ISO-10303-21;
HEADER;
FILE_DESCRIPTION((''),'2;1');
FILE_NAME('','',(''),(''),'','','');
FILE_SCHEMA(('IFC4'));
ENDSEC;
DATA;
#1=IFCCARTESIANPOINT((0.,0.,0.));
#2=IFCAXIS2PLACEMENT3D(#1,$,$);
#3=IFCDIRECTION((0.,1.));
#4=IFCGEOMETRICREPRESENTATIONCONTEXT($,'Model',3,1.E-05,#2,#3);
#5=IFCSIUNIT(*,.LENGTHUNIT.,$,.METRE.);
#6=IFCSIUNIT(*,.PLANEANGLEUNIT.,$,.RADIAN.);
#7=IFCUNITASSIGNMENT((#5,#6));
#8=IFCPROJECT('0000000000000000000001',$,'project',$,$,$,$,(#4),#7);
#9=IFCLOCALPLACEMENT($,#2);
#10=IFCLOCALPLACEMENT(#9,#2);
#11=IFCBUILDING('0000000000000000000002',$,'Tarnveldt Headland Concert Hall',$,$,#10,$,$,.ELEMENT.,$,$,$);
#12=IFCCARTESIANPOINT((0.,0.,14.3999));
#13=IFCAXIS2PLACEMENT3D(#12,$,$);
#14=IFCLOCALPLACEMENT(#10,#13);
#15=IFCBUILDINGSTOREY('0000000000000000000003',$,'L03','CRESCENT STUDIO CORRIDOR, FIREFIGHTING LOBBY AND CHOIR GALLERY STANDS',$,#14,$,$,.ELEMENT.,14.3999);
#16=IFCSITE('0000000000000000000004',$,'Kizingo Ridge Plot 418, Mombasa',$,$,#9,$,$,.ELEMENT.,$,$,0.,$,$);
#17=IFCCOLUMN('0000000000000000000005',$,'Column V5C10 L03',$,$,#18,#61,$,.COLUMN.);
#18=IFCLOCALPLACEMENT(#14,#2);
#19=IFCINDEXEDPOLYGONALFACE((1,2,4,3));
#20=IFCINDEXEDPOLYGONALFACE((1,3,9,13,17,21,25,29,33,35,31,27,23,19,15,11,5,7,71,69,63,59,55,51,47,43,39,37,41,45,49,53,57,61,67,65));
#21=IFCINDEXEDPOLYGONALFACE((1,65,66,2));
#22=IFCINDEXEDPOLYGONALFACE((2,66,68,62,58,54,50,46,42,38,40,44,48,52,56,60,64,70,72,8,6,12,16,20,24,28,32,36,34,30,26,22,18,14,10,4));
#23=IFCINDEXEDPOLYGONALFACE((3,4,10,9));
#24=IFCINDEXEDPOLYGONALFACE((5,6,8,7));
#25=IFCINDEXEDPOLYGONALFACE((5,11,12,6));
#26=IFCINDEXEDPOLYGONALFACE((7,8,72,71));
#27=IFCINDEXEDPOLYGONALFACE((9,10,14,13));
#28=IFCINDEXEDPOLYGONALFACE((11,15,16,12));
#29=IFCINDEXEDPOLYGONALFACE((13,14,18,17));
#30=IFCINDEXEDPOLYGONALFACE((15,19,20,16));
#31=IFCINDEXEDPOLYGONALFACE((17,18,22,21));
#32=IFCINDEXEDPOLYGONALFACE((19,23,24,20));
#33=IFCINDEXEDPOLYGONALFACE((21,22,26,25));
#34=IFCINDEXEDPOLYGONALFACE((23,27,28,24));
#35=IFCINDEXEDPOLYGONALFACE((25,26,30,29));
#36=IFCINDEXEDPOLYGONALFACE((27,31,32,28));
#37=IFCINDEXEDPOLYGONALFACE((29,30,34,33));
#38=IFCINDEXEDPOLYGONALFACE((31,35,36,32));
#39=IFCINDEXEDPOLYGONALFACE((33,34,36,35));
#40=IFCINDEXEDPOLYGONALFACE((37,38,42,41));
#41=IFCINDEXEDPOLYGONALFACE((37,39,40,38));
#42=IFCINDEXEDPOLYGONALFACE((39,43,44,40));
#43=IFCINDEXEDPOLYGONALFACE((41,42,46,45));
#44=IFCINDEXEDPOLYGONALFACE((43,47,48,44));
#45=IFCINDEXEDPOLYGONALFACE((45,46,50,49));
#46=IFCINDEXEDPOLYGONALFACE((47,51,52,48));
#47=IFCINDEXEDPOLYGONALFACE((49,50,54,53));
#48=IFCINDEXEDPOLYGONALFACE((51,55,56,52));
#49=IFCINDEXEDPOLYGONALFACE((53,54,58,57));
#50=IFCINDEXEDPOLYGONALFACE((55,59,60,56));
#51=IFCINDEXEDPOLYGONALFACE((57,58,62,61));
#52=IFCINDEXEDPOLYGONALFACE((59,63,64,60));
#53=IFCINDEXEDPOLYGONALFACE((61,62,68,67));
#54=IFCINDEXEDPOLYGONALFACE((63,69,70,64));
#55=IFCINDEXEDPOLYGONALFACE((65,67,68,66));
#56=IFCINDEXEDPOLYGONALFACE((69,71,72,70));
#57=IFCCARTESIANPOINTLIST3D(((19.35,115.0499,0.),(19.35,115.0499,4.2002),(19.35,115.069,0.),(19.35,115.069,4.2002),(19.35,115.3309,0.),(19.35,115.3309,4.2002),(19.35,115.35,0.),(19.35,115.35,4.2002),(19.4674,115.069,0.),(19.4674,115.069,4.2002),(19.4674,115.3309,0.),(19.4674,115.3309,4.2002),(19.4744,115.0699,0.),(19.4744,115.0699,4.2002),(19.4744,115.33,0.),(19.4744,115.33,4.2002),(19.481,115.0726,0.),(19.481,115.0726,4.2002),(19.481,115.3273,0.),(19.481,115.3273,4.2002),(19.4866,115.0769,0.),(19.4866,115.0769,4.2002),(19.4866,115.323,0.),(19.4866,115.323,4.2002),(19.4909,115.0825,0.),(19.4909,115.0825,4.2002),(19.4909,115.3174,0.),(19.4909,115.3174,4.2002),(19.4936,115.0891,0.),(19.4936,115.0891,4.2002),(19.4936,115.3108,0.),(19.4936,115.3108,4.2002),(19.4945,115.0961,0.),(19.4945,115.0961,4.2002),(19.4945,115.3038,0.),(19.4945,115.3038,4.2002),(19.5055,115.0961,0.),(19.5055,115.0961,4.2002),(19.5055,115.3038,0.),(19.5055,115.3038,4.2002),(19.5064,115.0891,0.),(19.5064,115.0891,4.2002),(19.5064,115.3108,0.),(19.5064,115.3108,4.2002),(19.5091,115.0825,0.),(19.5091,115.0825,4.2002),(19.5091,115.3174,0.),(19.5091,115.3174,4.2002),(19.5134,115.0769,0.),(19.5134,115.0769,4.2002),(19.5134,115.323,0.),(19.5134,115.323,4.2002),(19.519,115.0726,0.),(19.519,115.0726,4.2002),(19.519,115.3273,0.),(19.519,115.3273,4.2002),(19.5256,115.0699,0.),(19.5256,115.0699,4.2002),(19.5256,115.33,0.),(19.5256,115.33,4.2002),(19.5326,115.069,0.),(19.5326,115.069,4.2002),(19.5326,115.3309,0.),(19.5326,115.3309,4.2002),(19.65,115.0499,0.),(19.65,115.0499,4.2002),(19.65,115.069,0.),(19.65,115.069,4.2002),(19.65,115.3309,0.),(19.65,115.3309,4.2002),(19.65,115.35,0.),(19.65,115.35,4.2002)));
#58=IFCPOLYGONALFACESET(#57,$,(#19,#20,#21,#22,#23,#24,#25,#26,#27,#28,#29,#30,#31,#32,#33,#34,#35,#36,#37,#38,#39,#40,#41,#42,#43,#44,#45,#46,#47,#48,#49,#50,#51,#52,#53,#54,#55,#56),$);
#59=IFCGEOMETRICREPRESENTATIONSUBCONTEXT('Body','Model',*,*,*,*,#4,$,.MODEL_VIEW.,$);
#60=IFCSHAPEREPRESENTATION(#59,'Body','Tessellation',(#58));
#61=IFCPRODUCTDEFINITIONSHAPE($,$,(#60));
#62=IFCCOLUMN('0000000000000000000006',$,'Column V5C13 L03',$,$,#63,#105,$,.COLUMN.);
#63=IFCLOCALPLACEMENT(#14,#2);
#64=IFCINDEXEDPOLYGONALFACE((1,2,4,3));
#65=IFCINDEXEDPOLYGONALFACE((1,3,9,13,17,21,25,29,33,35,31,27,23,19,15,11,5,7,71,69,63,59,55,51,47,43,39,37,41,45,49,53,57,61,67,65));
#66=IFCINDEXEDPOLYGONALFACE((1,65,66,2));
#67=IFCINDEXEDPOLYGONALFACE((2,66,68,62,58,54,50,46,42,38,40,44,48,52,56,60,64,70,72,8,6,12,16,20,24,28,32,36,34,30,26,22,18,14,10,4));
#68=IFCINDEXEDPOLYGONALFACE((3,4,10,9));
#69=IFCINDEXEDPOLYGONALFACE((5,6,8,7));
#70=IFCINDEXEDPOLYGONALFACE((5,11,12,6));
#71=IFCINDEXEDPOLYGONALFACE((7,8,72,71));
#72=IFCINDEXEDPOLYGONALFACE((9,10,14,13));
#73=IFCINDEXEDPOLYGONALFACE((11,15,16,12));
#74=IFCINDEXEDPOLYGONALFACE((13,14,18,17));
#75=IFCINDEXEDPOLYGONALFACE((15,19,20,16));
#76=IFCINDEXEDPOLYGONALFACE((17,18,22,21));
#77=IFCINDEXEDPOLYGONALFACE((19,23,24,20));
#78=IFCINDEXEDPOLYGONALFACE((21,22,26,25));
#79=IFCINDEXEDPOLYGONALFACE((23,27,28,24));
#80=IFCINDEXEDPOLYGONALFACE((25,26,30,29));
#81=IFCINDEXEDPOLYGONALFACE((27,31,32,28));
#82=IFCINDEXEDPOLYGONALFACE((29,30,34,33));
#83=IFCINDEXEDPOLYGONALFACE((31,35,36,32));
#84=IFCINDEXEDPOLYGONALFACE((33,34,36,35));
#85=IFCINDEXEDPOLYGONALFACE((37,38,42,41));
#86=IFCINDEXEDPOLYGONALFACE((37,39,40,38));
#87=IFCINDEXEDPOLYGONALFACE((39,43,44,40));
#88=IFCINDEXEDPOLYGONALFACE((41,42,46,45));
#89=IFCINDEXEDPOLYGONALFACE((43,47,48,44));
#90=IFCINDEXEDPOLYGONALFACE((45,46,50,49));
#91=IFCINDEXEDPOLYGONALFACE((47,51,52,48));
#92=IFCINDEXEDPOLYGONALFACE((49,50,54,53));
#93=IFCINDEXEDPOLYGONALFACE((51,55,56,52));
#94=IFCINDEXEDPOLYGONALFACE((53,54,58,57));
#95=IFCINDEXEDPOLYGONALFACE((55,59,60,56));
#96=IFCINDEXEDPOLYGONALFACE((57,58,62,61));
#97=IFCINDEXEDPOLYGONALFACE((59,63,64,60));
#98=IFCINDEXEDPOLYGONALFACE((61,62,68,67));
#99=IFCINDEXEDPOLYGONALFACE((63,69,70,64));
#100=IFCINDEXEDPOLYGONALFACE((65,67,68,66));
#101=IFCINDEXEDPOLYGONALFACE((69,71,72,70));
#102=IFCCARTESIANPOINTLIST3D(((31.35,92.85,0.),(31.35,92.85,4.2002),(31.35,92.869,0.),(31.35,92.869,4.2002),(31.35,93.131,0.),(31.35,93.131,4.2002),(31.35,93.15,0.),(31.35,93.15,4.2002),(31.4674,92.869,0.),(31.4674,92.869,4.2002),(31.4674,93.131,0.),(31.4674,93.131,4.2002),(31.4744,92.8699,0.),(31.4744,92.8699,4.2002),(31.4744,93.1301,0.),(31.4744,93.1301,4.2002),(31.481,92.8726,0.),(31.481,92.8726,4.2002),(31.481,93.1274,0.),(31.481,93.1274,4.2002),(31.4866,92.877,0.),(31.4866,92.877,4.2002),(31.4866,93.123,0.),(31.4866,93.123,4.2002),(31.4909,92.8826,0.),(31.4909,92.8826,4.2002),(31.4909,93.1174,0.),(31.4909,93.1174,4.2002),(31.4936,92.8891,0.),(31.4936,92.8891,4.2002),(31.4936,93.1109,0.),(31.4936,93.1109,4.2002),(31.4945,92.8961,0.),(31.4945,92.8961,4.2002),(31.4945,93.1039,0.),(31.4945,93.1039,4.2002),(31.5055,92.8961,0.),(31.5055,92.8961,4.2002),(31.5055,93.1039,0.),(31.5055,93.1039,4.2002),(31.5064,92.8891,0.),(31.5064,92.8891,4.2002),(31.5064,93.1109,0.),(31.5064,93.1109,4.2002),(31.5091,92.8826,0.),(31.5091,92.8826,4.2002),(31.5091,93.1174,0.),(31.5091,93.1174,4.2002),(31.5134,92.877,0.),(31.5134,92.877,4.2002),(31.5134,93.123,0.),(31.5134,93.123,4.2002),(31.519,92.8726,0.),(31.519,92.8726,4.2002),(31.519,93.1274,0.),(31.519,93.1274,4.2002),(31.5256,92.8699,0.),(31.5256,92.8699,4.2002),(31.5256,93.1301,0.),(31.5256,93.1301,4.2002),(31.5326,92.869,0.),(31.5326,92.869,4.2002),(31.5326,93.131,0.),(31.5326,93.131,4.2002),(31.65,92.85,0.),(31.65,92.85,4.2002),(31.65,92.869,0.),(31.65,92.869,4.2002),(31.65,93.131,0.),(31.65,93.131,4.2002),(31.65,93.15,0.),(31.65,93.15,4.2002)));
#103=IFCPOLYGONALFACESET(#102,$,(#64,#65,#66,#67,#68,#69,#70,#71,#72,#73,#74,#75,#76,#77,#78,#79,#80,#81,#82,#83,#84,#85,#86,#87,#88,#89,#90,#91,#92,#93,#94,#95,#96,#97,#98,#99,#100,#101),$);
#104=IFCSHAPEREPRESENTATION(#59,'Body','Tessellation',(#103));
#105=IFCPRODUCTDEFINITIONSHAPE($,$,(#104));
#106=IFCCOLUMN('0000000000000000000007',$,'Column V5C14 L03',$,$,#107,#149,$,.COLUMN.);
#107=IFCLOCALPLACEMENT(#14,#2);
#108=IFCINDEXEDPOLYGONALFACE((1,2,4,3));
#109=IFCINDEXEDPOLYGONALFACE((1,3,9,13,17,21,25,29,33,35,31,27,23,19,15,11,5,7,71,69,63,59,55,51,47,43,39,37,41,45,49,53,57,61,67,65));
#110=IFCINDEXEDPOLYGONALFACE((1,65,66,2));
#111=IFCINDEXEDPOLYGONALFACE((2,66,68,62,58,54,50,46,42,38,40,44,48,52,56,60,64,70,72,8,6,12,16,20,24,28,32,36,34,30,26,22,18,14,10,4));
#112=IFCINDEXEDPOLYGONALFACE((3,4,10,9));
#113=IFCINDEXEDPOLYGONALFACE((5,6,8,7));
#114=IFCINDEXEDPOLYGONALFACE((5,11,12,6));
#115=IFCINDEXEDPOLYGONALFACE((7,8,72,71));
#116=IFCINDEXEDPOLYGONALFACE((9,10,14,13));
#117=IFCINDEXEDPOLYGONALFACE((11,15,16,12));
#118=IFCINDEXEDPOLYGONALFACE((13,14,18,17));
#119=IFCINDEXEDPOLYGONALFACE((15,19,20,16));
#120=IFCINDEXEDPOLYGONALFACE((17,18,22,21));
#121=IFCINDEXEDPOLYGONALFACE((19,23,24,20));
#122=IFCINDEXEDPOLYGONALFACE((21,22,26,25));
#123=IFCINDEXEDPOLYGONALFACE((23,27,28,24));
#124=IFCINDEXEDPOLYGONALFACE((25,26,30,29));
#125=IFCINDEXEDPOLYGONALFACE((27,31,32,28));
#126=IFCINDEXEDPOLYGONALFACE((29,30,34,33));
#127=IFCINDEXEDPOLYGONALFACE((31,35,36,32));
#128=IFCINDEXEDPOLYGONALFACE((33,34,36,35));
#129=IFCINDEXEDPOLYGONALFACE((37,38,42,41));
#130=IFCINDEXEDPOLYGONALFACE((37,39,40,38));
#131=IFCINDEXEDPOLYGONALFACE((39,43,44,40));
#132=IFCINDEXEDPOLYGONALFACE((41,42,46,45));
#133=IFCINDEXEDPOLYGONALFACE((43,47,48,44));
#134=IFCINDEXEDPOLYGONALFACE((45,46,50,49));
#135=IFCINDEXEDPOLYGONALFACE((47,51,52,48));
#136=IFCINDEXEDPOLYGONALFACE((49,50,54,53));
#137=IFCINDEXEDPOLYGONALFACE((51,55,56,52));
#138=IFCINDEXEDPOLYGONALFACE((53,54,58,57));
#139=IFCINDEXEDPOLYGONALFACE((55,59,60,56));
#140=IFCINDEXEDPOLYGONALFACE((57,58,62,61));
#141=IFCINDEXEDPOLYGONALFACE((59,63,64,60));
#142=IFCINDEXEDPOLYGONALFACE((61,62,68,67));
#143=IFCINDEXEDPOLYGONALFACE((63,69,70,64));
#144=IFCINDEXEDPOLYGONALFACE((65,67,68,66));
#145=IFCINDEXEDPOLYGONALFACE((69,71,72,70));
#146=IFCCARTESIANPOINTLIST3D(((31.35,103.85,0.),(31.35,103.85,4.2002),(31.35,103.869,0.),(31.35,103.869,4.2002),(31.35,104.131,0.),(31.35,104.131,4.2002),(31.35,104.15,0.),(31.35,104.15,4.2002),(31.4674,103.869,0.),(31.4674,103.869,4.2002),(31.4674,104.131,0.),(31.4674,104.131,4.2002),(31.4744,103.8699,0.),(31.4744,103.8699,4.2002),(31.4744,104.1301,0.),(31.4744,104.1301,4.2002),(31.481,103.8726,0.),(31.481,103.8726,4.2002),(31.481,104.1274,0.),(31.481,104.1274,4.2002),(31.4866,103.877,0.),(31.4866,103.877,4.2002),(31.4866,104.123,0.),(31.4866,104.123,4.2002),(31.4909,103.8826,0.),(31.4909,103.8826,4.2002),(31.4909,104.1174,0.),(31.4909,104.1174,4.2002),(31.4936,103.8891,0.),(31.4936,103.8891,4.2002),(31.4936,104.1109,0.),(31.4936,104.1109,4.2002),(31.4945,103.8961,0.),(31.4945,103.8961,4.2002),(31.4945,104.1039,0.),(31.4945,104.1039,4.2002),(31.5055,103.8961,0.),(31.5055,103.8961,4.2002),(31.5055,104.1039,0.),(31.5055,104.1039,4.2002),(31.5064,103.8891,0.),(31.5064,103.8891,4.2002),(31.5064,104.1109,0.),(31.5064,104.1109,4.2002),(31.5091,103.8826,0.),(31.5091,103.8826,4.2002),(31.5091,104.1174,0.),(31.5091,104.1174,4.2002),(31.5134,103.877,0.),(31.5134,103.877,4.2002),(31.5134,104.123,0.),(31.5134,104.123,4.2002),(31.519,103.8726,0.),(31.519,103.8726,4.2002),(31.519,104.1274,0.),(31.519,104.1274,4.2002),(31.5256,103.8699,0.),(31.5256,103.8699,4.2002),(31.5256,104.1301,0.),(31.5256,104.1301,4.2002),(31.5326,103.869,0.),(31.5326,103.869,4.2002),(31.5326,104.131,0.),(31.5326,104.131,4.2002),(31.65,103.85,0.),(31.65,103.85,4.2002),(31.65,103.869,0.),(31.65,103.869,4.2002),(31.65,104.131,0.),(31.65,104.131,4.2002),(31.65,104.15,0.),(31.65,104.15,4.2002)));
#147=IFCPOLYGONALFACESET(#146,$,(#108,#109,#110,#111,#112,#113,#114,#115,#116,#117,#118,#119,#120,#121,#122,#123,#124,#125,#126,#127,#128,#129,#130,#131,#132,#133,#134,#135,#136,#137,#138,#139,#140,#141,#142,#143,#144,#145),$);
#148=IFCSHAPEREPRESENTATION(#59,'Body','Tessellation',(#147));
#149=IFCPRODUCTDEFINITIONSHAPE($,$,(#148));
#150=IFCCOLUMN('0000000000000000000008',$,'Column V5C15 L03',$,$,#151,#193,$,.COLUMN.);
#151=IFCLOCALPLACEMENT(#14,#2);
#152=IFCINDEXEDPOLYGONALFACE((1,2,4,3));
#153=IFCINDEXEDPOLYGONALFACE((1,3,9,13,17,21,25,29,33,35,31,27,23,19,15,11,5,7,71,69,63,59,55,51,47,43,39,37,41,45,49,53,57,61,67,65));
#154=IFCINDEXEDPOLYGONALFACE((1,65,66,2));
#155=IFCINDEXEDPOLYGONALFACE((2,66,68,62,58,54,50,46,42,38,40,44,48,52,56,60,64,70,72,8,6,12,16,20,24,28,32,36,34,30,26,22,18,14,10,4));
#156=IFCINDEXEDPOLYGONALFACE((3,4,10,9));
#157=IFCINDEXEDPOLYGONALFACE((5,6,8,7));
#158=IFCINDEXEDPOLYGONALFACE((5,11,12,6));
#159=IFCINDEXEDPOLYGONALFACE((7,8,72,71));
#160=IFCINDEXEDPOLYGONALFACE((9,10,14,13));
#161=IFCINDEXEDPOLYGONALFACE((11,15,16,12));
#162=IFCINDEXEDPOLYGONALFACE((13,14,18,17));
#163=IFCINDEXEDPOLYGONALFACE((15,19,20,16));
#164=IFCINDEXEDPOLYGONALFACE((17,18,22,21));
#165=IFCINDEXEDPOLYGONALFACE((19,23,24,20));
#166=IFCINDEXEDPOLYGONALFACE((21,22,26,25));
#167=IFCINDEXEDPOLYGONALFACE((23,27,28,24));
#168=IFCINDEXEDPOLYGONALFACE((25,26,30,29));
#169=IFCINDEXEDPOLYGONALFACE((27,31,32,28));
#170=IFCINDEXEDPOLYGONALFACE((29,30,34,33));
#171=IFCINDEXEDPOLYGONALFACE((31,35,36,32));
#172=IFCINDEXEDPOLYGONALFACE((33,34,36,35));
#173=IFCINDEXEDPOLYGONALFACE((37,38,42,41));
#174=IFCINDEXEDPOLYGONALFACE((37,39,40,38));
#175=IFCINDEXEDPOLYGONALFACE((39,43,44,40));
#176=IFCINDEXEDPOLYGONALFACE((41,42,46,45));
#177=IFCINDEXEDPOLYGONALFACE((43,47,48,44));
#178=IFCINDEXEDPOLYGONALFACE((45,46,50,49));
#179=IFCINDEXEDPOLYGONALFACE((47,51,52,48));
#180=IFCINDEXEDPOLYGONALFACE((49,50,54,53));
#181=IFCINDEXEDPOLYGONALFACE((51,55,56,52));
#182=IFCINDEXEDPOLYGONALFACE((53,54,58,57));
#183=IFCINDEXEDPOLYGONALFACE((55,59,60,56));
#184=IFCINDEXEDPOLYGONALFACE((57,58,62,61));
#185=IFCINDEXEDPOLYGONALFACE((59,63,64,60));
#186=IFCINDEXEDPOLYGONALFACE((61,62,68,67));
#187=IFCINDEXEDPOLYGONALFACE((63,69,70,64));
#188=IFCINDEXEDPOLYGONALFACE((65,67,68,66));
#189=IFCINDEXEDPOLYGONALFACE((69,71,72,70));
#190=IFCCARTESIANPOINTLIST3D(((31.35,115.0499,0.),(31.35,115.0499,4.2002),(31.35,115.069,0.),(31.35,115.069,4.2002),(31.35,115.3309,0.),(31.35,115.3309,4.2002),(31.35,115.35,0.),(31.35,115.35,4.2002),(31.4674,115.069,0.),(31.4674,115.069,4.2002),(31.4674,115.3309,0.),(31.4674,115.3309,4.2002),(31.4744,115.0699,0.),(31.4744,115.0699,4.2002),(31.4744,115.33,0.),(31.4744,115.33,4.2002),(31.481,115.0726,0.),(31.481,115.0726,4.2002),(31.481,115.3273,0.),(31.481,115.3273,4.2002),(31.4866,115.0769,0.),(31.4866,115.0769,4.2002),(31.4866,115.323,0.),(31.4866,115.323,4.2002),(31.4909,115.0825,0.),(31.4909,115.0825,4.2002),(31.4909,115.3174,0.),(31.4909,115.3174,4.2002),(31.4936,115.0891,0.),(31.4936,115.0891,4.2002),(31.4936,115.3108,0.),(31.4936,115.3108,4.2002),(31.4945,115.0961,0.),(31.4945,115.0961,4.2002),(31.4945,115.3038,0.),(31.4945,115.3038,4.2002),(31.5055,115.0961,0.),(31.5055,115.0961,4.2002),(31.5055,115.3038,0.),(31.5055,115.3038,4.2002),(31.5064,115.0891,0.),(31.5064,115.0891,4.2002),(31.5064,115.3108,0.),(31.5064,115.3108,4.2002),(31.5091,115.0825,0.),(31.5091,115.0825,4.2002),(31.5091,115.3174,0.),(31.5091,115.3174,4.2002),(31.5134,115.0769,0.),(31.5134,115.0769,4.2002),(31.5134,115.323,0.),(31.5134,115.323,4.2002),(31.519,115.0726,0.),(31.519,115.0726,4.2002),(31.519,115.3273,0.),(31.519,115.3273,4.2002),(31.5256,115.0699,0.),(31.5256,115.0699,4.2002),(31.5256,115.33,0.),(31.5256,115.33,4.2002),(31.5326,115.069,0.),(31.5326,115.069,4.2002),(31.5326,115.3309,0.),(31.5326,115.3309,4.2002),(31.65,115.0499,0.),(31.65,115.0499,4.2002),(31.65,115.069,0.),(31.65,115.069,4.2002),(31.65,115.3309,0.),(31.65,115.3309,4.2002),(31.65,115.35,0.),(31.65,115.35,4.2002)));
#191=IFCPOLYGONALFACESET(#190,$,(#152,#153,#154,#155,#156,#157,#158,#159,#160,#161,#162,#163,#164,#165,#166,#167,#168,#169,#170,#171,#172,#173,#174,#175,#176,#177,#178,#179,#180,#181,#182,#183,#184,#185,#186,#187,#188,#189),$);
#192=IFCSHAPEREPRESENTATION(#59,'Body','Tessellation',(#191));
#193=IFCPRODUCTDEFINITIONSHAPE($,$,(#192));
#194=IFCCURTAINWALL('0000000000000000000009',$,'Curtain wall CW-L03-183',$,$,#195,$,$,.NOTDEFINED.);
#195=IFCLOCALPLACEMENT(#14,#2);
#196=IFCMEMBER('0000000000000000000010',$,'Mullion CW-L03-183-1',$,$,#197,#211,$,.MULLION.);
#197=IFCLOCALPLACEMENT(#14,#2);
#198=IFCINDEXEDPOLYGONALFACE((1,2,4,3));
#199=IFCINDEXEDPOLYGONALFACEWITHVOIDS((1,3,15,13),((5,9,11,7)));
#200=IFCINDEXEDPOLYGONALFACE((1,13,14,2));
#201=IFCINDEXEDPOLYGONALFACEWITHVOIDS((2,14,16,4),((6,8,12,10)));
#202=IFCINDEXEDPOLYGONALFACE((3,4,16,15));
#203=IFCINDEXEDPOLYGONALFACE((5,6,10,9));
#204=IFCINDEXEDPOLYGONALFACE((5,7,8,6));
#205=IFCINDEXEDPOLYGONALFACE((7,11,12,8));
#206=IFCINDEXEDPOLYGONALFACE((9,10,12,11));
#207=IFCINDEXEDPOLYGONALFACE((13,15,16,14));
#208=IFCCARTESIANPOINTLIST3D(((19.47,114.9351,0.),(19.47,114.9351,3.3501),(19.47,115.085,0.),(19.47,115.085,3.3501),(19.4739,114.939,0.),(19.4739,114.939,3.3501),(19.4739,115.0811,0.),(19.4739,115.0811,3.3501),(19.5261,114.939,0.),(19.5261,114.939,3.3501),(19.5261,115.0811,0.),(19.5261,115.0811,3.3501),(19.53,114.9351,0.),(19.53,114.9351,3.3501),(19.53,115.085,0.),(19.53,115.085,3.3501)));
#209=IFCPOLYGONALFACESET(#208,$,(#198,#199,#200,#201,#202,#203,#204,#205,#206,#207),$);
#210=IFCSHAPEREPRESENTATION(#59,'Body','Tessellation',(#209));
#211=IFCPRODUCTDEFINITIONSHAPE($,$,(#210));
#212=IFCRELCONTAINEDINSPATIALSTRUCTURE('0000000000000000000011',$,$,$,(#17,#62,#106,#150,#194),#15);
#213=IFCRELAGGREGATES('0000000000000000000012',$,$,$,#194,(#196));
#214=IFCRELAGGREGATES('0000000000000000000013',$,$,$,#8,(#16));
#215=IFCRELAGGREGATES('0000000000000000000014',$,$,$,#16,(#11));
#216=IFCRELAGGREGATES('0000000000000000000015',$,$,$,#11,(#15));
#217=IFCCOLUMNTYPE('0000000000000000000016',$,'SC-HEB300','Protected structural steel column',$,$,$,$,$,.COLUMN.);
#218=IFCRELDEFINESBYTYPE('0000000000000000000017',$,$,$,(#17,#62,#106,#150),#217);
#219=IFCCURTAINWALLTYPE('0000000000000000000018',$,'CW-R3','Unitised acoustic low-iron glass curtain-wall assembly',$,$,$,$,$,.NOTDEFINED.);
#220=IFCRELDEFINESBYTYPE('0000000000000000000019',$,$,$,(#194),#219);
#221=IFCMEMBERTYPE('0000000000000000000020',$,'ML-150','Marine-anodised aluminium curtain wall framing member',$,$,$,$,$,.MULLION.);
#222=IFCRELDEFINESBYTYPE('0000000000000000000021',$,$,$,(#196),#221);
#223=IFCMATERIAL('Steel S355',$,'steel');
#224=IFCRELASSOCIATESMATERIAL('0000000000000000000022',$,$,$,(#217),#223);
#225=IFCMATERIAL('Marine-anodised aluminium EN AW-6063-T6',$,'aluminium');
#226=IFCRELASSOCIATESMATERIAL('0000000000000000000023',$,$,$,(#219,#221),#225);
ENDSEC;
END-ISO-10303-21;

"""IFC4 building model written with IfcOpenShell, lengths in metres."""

from ifc_helpers import new_model, si_unit, direction, frame, origin, origin_2d, place, context, subcontext, project, spatial, hollow_rectangle, i_section, extrude, material, material_profile, profile_set, type_object, element, aggregate, save


model = new_model("IFC4")

# Units and contexts
model_context = context("Model", 3, precision=1e-05, world=origin(), true_north=direction((0.0, 1.0)))
body_context = subcontext(model_context, "Body", "Model", "MODEL_VIEW")
ifc_project = project(units=[si_unit("LENGTHUNIT", "METRE"), si_unit("PLANEANGLEUNIT", "RADIAN")], contexts=[model_context])

# Site, building, storey
site_placement = place(None, origin())
site = spatial("IfcSite", under=ifc_project, at=site_placement, Name="Kizingo Ridge Plot 418, Mombasa", CompositionType="ELEMENT", RefElevation=0.0)
building_placement = place(site_placement, origin())
building = spatial("IfcBuilding", under=site, at=building_placement, Name="Tarnveldt Headland Concert Hall", CompositionType="ELEMENT")
storey_placement = place(building_placement, frame((0.0, 0.0, 14.3999)))
storey = spatial("IfcBuildingStorey", under=building, at=storey_placement, Name="L03", Description="CRESCENT STUDIO CORRIDOR, FIREFIGHTING LOBBY AND CHOIR GALLERY STANDS", CompositionType="ELEMENT", Elevation=14.3999)

# Columns
ifc_material_1 = material(Name="Steel S355", Category="steel")
ifc_material_profile_1 = material_profile(ifc_material_1, i_section(OverallWidth=0.3, OverallDepth=0.3, WebThickness=0.011, FlangeThickness=0.019, FilletRadius=0.0271, at=origin_2d()), Name="HEB300", Category="steel")
ifc_profile_set_1 = profile_set([ifc_material_profile_1], Name="Steel S355")
column_type = type_object("IfcColumnType", Name="SC-HEB300", Description="Protected structural steel column", PredefinedType="COLUMN", material=ifc_profile_set_1)
for number, where, z_axis, x_axis, name in (
    (1, (19.5, 115.2, 0.0), (0.0, 0.0, 1.0), (1.0, 0.0, 0.0), "Column V5C10 L03"),
    (2, (31.5, 93.0, 0.0), (0.0, 0.0, 1.0), (1.0, 0.0, 0.0), "Column V5C13 L03"),
    (3, (31.5, 104.0, 0.0), (0.0, 0.0, 1.0), (1.0, 0.0, 0.0), "Column V5C14 L03"),
    (4, (31.5, 115.2, 0.0), (0.0, 0.0, 1.0), (1.0, 0.0, 0.0), "Column V5C15 L03"),
):
    element("IfcColumn", number, at=place(storey_placement, frame(where, z_axis=z_axis, x_axis=x_axis)), inside=storey, type_object=column_type, Name=name, PredefinedType="COLUMN", context=body_context, shape_type="SweptSolid", body=[
        extrude(i_section(OverallWidth=0.3, OverallDepth=0.3, WebThickness=0.011, FlangeThickness=0.019, FilletRadius=0.0271, at=origin_2d()), origin(), (0.0, 0.0, 1.0), 4.2002),
    ])

# Curtain wall, member
ifc_material_2 = material(Name="Marine-anodised aluminium EN AW-6063-T6", Category="aluminium")
curtain_wall_type = type_object("IfcCurtainWallType", Name="CW-R3", Description="Unitised acoustic low-iron glass curtain-wall assembly", PredefinedType="NOTDEFINED", material=ifc_material_2)
curtain_wall_placement = place(storey_placement, origin())
curtain_wall = element("IfcCurtainWall", 5, at=curtain_wall_placement, inside=storey, type_object=curtain_wall_type, Name="Curtain wall CW-L03-183", PredefinedType="NOTDEFINED")
ifc_material_profile_2 = material_profile(ifc_material_2, hollow_rectangle(XDim=0.0601, YDim=0.1499, WallThickness=0.0039, at=origin_2d()), Name="ALU MULLION 60x150x4", Category="aluminium")
ifc_profile_set_2 = profile_set([ifc_material_profile_2], Name="Marine-anodised aluminium EN AW-6063-T6")
member_type_1 = type_object("IfcMemberType", Name="ML-150", Description="Marine-anodised aluminium curtain wall framing member", PredefinedType="MULLION", material=ifc_profile_set_2)
member_1_placement = place(storey_placement, frame((19.5, 115.01, 0.0), z_axis=(0.0, 0.0, 1.0), x_axis=(1.0, 0.0, 0.0)))
member_1 = element("IfcMember", 6, at=member_1_placement, type_object=member_type_1, Name="Mullion CW-L03-183-1", PredefinedType="MULLION", context=body_context, shape_type="SweptSolid", body=[
    extrude(hollow_rectangle(XDim=0.0601, YDim=0.1499, WallThickness=0.0039, at=origin_2d()), origin(), (0.0, 0.0, 1.0), 3.3501),
])

aggregate(curtain_wall, [member_1])

save(model, "model.ifc")
